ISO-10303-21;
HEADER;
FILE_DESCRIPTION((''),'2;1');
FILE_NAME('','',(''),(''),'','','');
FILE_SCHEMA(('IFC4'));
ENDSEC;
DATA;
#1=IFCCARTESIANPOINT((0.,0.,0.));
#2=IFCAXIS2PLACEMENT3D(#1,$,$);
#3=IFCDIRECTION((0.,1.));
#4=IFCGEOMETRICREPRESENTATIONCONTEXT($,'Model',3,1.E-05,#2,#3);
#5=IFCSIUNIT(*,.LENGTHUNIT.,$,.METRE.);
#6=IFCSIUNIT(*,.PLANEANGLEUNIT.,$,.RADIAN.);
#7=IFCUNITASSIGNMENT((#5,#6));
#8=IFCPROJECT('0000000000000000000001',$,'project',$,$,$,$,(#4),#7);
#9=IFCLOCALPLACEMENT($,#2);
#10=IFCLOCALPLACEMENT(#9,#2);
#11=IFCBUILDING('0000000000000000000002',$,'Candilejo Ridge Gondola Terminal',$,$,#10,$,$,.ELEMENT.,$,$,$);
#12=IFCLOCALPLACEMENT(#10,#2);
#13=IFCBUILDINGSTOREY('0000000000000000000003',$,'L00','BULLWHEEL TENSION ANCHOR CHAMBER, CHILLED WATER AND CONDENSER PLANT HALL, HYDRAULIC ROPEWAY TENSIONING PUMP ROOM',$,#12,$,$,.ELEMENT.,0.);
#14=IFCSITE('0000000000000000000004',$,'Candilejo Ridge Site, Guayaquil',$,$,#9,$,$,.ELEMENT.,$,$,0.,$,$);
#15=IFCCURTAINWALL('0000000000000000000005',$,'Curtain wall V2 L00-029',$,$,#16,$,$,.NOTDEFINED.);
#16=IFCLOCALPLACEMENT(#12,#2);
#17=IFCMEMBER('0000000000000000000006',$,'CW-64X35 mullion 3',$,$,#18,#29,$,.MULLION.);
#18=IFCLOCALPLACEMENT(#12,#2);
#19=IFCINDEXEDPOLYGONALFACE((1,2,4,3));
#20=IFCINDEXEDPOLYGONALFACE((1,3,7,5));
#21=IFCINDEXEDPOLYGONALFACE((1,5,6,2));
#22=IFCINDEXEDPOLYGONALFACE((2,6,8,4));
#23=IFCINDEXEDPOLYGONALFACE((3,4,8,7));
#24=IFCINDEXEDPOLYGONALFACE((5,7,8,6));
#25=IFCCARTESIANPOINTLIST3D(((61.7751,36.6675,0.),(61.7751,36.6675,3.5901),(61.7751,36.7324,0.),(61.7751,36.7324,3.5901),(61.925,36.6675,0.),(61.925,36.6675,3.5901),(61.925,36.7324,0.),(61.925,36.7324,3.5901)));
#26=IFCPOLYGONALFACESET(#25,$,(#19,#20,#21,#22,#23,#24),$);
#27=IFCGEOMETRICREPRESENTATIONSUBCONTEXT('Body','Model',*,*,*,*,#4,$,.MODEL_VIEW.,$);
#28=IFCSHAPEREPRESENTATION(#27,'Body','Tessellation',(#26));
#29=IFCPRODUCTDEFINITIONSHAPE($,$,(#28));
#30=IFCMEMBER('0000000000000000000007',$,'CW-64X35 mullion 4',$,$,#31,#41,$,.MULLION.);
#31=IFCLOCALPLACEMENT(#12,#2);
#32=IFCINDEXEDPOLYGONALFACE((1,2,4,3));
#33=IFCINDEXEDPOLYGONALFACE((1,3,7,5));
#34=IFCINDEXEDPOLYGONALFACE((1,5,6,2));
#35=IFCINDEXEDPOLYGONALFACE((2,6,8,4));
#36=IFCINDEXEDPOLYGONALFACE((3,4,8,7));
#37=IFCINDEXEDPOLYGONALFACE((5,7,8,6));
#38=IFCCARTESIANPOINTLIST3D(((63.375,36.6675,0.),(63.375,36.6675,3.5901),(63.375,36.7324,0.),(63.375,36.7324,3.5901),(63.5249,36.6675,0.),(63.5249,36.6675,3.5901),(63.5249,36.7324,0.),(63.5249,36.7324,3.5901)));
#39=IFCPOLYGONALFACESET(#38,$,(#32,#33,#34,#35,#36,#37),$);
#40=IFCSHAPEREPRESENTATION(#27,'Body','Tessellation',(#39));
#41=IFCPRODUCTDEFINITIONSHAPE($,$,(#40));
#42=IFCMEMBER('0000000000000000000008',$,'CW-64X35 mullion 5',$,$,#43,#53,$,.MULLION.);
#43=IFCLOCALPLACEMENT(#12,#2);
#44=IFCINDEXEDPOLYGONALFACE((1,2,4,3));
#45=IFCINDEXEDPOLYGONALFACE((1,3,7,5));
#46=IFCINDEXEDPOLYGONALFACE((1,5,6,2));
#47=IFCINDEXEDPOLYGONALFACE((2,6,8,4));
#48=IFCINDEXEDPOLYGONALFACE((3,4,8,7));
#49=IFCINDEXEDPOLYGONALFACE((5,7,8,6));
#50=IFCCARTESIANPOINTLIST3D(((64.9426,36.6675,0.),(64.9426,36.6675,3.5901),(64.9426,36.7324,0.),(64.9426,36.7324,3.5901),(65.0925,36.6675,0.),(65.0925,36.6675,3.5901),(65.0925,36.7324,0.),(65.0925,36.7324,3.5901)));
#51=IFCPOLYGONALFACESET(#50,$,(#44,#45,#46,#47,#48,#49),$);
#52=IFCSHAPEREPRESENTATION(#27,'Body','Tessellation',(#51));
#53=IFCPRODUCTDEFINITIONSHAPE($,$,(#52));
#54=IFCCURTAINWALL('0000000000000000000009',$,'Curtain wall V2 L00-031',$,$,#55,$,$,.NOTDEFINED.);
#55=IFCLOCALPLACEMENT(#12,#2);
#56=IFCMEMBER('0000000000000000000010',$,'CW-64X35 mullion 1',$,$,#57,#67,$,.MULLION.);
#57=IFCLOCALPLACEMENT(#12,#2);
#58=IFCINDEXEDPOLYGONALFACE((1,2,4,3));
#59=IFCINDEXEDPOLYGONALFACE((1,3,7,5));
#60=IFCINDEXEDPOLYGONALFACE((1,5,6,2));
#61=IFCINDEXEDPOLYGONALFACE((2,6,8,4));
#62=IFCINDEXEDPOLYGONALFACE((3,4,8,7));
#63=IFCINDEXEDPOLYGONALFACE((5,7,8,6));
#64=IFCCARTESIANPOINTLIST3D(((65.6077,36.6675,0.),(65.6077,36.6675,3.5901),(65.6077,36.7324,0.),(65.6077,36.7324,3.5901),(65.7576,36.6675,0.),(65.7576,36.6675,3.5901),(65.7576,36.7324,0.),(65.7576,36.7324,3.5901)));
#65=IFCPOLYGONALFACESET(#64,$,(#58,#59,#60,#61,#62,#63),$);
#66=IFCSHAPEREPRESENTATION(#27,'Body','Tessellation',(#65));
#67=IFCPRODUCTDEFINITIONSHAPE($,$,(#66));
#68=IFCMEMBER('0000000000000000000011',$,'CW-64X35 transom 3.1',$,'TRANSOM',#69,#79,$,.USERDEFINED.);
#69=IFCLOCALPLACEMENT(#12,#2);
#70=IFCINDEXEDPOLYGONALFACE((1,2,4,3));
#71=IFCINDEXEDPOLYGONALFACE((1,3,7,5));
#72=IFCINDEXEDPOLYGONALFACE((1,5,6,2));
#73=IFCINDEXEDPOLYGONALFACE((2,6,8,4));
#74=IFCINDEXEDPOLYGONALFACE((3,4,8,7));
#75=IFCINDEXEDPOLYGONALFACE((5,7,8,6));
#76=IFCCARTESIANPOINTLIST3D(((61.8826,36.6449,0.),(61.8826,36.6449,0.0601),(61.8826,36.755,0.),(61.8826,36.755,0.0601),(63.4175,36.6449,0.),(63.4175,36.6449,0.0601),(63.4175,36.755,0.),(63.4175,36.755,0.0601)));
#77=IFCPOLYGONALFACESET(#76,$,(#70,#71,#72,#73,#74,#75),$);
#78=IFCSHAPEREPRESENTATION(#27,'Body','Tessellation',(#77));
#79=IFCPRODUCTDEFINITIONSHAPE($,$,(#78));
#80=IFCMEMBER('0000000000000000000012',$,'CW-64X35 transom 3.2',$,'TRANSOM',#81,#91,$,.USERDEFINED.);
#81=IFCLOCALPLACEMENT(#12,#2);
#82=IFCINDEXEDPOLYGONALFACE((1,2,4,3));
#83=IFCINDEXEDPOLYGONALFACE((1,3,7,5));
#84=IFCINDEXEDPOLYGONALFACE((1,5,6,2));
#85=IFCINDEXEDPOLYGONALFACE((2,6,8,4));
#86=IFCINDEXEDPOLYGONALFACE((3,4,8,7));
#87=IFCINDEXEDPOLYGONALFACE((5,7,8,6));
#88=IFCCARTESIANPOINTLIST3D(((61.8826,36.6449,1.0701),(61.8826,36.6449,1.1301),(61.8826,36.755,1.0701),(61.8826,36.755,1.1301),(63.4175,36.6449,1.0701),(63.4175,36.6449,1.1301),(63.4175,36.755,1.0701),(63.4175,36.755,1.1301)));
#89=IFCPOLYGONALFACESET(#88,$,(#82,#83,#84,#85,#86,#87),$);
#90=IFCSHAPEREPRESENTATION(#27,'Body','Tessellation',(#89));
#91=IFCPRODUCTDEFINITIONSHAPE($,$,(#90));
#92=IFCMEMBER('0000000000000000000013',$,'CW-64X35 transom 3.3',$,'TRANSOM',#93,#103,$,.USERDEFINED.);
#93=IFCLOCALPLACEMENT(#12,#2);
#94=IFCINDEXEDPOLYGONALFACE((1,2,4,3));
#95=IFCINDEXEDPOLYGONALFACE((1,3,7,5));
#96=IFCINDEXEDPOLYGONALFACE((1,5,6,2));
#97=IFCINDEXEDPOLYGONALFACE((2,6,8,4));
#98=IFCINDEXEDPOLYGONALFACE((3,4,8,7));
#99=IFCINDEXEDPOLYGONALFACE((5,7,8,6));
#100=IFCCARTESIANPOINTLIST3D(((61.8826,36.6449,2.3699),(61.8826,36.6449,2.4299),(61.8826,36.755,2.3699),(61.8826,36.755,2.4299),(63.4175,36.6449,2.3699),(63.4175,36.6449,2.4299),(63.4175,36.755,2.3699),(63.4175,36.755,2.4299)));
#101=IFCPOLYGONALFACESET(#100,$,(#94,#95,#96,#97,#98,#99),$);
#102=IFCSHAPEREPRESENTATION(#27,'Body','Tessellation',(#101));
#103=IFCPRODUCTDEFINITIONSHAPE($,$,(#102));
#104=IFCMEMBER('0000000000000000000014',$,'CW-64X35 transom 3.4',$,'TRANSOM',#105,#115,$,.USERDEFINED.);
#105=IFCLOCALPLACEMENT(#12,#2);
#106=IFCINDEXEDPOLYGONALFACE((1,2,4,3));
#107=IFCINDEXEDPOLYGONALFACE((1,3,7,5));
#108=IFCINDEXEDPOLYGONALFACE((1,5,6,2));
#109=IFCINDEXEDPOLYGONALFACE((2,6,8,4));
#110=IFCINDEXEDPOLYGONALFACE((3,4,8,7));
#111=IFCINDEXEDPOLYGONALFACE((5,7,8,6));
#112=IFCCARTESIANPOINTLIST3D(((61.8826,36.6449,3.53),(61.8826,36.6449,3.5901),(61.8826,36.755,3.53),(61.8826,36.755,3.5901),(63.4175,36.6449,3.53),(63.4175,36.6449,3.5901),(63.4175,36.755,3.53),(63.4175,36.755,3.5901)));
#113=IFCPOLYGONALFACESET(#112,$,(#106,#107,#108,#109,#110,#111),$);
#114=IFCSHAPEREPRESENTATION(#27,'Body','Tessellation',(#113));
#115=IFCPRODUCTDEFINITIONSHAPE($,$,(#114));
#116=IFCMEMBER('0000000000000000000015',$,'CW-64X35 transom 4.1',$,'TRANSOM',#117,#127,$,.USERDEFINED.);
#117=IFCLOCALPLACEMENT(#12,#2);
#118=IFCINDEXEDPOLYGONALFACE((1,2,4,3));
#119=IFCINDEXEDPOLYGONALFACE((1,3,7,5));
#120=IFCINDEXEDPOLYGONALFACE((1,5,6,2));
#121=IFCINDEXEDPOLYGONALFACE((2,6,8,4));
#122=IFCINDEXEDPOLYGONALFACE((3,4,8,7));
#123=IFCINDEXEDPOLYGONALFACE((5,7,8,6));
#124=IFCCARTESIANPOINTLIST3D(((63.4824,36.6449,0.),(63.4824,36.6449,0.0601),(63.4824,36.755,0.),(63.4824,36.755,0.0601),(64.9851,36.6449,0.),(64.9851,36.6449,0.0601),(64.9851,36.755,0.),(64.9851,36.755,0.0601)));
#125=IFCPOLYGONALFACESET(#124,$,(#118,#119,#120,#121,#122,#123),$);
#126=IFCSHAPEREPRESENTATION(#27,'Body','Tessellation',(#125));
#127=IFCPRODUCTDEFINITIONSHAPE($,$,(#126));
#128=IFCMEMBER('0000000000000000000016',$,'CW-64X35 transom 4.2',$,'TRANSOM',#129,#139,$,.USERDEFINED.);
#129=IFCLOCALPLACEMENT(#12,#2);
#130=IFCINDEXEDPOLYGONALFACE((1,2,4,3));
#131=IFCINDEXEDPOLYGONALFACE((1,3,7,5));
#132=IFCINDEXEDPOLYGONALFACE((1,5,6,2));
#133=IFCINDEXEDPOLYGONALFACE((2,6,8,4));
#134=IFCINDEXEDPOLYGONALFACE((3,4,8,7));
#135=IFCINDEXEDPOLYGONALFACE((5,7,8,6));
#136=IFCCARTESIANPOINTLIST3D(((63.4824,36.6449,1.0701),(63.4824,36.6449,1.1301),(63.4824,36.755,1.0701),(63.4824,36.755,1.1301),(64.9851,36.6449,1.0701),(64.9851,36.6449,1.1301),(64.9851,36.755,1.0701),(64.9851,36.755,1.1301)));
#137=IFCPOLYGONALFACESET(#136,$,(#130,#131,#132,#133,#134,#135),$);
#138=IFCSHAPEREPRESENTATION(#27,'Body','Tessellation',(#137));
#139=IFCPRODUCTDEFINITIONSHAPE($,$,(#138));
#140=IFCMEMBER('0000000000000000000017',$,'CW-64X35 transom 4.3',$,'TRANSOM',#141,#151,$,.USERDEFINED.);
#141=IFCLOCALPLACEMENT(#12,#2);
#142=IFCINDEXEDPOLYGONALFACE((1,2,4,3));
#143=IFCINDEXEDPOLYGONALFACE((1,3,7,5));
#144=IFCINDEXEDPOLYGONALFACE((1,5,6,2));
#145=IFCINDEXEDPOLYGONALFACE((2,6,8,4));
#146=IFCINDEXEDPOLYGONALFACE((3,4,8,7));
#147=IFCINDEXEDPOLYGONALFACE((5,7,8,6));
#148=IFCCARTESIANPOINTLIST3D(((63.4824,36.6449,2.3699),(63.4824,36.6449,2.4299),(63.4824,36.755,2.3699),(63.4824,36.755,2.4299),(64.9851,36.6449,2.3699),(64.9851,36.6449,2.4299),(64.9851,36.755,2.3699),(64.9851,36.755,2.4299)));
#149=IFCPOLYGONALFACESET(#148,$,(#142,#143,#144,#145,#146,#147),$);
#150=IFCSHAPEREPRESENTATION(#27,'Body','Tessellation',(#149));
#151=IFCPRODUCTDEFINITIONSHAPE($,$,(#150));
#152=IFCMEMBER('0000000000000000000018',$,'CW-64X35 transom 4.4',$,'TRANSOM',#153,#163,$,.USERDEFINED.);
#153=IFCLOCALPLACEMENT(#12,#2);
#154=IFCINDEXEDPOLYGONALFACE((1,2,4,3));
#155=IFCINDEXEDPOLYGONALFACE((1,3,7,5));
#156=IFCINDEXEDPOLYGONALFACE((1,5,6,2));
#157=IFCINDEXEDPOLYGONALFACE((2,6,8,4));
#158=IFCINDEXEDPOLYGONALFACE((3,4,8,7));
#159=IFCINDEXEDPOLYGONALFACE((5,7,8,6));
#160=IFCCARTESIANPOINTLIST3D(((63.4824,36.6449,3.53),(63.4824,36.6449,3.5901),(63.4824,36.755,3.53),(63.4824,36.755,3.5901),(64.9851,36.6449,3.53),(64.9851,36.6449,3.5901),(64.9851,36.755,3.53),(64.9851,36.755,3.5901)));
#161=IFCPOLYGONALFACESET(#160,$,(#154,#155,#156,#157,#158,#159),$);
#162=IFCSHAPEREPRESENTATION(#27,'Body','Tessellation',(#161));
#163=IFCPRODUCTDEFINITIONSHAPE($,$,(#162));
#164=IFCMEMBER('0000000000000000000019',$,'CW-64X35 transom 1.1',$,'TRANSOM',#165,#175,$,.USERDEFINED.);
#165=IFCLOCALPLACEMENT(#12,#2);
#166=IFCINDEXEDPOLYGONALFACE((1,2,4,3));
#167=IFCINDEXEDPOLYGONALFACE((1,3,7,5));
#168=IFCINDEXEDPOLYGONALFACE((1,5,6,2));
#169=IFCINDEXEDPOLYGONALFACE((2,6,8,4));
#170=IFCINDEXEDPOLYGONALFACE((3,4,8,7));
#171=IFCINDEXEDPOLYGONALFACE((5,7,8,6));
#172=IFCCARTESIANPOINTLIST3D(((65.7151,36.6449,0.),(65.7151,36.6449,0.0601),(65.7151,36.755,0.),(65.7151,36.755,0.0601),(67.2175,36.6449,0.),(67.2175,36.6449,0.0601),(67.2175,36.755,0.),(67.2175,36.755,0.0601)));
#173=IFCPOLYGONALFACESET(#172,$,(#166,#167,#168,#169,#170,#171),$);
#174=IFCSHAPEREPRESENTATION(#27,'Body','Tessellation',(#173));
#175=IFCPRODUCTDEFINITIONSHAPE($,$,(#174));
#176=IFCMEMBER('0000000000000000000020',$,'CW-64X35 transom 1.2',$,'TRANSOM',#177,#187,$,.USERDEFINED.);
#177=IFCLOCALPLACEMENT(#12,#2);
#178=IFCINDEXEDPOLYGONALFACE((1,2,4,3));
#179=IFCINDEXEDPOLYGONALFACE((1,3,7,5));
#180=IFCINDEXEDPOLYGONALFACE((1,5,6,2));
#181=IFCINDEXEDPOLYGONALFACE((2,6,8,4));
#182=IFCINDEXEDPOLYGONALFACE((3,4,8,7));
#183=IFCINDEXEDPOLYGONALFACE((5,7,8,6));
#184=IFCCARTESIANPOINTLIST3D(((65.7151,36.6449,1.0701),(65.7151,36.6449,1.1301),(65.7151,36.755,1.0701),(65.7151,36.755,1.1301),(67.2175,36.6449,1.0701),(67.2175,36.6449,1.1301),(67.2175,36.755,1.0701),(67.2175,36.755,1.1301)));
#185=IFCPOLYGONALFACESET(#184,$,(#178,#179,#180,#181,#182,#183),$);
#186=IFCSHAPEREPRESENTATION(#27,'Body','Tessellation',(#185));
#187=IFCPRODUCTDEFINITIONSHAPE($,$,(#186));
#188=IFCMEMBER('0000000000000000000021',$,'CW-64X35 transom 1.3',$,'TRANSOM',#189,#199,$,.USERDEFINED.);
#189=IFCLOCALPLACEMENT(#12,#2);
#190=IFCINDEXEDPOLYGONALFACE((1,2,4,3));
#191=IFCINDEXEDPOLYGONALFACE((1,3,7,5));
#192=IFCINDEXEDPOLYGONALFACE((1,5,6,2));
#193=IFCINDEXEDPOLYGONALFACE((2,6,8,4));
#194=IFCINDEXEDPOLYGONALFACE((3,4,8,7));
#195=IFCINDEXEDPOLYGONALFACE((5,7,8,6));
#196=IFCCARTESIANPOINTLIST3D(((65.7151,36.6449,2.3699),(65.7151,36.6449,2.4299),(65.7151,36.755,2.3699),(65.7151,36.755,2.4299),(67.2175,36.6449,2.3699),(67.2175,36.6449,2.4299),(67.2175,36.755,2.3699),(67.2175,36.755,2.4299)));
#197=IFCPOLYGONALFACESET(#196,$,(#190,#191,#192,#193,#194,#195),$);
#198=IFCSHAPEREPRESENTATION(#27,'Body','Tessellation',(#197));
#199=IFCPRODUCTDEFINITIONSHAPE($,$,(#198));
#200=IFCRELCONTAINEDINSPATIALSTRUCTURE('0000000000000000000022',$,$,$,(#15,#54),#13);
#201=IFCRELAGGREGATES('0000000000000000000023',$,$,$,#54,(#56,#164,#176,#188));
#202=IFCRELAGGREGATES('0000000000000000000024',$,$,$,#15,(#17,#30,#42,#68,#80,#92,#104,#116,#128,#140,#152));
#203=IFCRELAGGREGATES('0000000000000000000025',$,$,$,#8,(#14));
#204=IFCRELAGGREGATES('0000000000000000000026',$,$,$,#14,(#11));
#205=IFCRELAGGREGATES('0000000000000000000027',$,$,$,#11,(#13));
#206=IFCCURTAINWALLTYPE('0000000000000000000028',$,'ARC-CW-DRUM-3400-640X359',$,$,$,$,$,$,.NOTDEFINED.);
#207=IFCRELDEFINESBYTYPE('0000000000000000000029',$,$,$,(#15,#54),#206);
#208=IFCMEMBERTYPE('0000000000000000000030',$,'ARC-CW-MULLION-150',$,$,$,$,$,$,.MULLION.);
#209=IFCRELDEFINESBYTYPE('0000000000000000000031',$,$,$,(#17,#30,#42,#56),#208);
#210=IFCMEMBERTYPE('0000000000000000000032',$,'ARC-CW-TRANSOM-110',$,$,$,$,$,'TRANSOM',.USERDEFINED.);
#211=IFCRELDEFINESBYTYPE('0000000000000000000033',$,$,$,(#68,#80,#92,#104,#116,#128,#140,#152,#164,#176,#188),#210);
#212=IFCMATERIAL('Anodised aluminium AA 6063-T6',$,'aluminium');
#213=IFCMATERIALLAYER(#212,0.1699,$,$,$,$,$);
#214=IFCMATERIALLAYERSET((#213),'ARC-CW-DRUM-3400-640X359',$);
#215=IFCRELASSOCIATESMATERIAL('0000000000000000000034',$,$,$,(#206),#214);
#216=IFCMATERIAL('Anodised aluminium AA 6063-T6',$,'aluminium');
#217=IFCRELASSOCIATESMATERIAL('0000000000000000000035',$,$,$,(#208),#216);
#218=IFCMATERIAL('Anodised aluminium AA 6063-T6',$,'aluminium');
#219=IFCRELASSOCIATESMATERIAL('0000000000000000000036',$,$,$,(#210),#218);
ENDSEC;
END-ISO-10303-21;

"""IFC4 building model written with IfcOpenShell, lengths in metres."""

from ifc_helpers import new_model, si_unit, direction, frame, origin, origin_2d, place, context, subcontext, project, spatial, rectangle, extrude, material, layer, layer_set, material_profile, profile_set, type_object, element, aggregate, save


model = new_model("IFC4")

# Units and contexts
model_context = context("Model", 3, precision=1e-05, world=origin(), true_north=direction((0.0, 1.0)))
body_context = subcontext(model_context, "Body", "Model", "MODEL_VIEW")
ifc_project = project(units=[si_unit("LENGTHUNIT", "METRE"), si_unit("PLANEANGLEUNIT", "RADIAN")], contexts=[model_context])

# Site, building, storey
site_placement = place(None, origin())
site = spatial("IfcSite", under=ifc_project, at=site_placement, Name="Candilejo Ridge Site, Guayaquil", CompositionType="ELEMENT", RefElevation=0.0)
building_placement = place(site_placement, origin())
building = spatial("IfcBuilding", under=site, at=building_placement, Name="Candilejo Ridge Gondola Terminal", CompositionType="ELEMENT")
storey_placement = place(building_placement, origin())
storey = spatial("IfcBuildingStorey", under=building, at=storey_placement, Name="L00", Description="BULLWHEEL TENSION ANCHOR CHAMBER, CHILLED WATER AND CONDENSER PLANT HALL, HYDRAULIC ROPEWAY TENSIONING PUMP ROOM", CompositionType="ELEMENT", Elevation=0.0)

# Curtain wall, members
ifc_material_1 = material(Name="Anodised aluminium AA 6063-T6", Category="aluminium")
ifc_layer_1 = layer(ifc_material_1, 0.1699)
ifc_layer_set_1 = layer_set([ifc_layer_1], Name="ARC-CW-DRUM-3400-640X359")
curtain_wall_type = type_object("IfcCurtainWallType", Name="ARC-CW-DRUM-3400-640X359", PredefinedType="NOTDEFINED", material=ifc_layer_set_1)
curtain_wall_1_placement = place(storey_placement, origin())
curtain_wall_1 = element("IfcCurtainWall", 1, at=curtain_wall_1_placement, inside=storey, type_object=curtain_wall_type, Name="Curtain wall V2 L00-029", PredefinedType="NOTDEFINED")
ifc_material_2 = material(Name="Anodised aluminium AA 6063-T6", Category="aluminium")
ifc_material_profile_1 = material_profile(ifc_material_2, rectangle(XDim=0.0649, YDim=0.1499, at=origin_2d()))
ifc_profile_set_1 = profile_set([ifc_material_profile_1], Name="Anodised aluminium AA 6063-T6")
member_type_1 = type_object("IfcMemberType", Name="ARC-CW-MULLION-150", PredefinedType="MULLION", material=ifc_profile_set_1)
member_1_placement = place(storey_placement, frame((61.8501, 36.7, 0.0), z_axis=(0.0, 0.0, 1.0), x_axis=(0.0, 1.0, 0.0)))
member_1 = element("IfcMember", 2, at=member_1_placement, type_object=member_type_1, Name="CW-64X35 mullion 3", PredefinedType="MULLION", context=body_context, shape_type="SweptSolid", body=[
    extrude(rectangle(XDim=0.0649, YDim=0.1499, at=origin_2d()), origin(), (0.0, 0.0, 1.0), 3.5901),
])
member_2_placement = place(storey_placement, frame((63.45, 36.7, 0.0), z_axis=(0.0, 0.0, 1.0), x_axis=(0.0, 1.0, 0.0)))
member_2 = element("IfcMember", 3, at=member_2_placement, type_object=member_type_1, Name="CW-64X35 mullion 4", PredefinedType="MULLION", context=body_context, shape_type="SweptSolid", body=[
    extrude(rectangle(XDim=0.0649, YDim=0.1499, at=origin_2d()), origin(), (0.0, 0.0, 1.0), 3.5901),
])
member_3_placement = place(storey_placement, frame((65.0176, 36.7, 0.0), z_axis=(0.0, 0.0, 1.0), x_axis=(0.0, 1.0, 0.0)))
member_3 = element("IfcMember", 4, at=member_3_placement, type_object=member_type_1, Name="CW-64X35 mullion 5", PredefinedType="MULLION", context=body_context, shape_type="SweptSolid", body=[
    extrude(rectangle(XDim=0.0649, YDim=0.1499, at=origin_2d()), origin(), (0.0, 0.0, 1.0), 3.5901),
])

# Curtain wall, member
curtain_wall_2_placement = place(storey_placement, origin())
curtain_wall_2 = element("IfcCurtainWall", 5, at=curtain_wall_2_placement, inside=storey, type_object=curtain_wall_type, Name="Curtain wall V2 L00-031", PredefinedType="NOTDEFINED")
member_4_placement = place(storey_placement, frame((65.6826, 36.7, 0.0), z_axis=(0.0, 0.0, 1.0), x_axis=(0.0, 1.0, 0.0)))
member_4 = element("IfcMember", 6, at=member_4_placement, type_object=member_type_1, Name="CW-64X35 mullion 1", PredefinedType="MULLION", context=body_context, shape_type="SweptSolid", body=[
    extrude(rectangle(XDim=0.0649, YDim=0.1499, at=origin_2d()), origin(), (0.0, 0.0, 1.0), 3.5901),
])

# Members
ifc_material_3 = material(Name="Anodised aluminium AA 6063-T6", Category="aluminium")
ifc_material_profile_2 = material_profile(ifc_material_3, rectangle(XDim=0.1101, YDim=0.0601, at=origin_2d()))
ifc_profile_set_2 = profile_set([ifc_material_profile_2], Name="Anodised aluminium AA 6063-T6")
member_type_2 = type_object("IfcMemberType", Name="ARC-CW-TRANSOM-110", ElementType="TRANSOM", PredefinedType="USERDEFINED", material=ifc_profile_set_2)
member_5_placement = place(storey_placement, frame((61.8826, 36.7, 0.03), z_axis=(1.0, 0.0, 0.0), x_axis=(0.0, 1.0, 0.0)))
member_5 = element("IfcMember", 7, at=member_5_placement, type_object=member_type_2, Name="CW-64X35 transom 3.1", ObjectType="TRANSOM", PredefinedType="USERDEFINED", context=body_context, shape_type="SweptSolid", body=[
    extrude(rectangle(XDim=0.1101, YDim=0.0601, at=origin_2d()), origin(), (0.0, 0.0, 1.0), 1.5349),
])
member_6_placement = place(storey_placement, frame((61.8826, 36.7, 1.1001), z_axis=(1.0, 0.0, 0.0), x_axis=(0.0, 1.0, 0.0)))
member_6 = element("IfcMember", 8, at=member_6_placement, type_object=member_type_2, Name="CW-64X35 transom 3.2", ObjectType="TRANSOM", PredefinedType="USERDEFINED", context=body_context, shape_type="SweptSolid", body=[
    extrude(rectangle(XDim=0.1101, YDim=0.0601, at=origin_2d()), origin(), (0.0, 0.0, 1.0), 1.5349),
])
member_7_placement = place(storey_placement, frame((61.8826, 36.7, 2.3999), z_axis=(1.0, 0.0, 0.0), x_axis=(0.0, 1.0, 0.0)))
member_7 = element("IfcMember", 9, at=member_7_placement, type_object=member_type_2, Name="CW-64X35 transom 3.3", ObjectType="TRANSOM", PredefinedType="USERDEFINED", context=body_context, shape_type="SweptSolid", body=[
    extrude(rectangle(XDim=0.1101, YDim=0.0601, at=origin_2d()), origin(), (0.0, 0.0, 1.0), 1.5349),
])
member_8_placement = place(storey_placement, frame((61.8826, 36.7, 3.5601), z_axis=(1.0, 0.0, 0.0), x_axis=(0.0, 1.0, 0.0)))
member_8 = element("IfcMember", 10, at=member_8_placement, type_object=member_type_2, Name="CW-64X35 transom 3.4", ObjectType="TRANSOM", PredefinedType="USERDEFINED", context=body_context, shape_type="SweptSolid", body=[
    extrude(rectangle(XDim=0.1101, YDim=0.0601, at=origin_2d()), origin(), (0.0, 0.0, 1.0), 1.5349),
])
member_9_placement = place(storey_placement, frame((63.4824, 36.7, 0.03), z_axis=(1.0, 0.0, 0.0), x_axis=(0.0, 1.0, 0.0)))
member_9 = element("IfcMember", 11, at=member_9_placement, type_object=member_type_2, Name="CW-64X35 transom 4.1", ObjectType="TRANSOM", PredefinedType="USERDEFINED", context=body_context, shape_type="SweptSolid", body=[
    extrude(rectangle(XDim=0.1101, YDim=0.0601, at=origin_2d()), origin(), (0.0, 0.0, 1.0), 1.5027),
])
member_10_placement = place(storey_placement, frame((63.4824, 36.7, 1.1001), z_axis=(1.0, 0.0, 0.0), x_axis=(0.0, 1.0, 0.0)))
member_10 = element("IfcMember", 12, at=member_10_placement, type_object=member_type_2, Name="CW-64X35 transom 4.2", ObjectType="TRANSOM", PredefinedType="USERDEFINED", context=body_context, shape_type="SweptSolid", body=[
    extrude(rectangle(XDim=0.1101, YDim=0.0601, at=origin_2d()), origin(), (0.0, 0.0, 1.0), 1.5027),
])
member_11_placement = place(storey_placement, frame((63.4824, 36.7, 2.3999), z_axis=(1.0, 0.0, 0.0), x_axis=(0.0, 1.0, 0.0)))
member_11 = element("IfcMember", 13, at=member_11_placement, type_object=member_type_2, Name="CW-64X35 transom 4.3", ObjectType="TRANSOM", PredefinedType="USERDEFINED", context=body_context, shape_type="SweptSolid", body=[
    extrude(rectangle(XDim=0.1101, YDim=0.0601, at=origin_2d()), origin(), (0.0, 0.0, 1.0), 1.5027),
])
member_12_placement = place(storey_placement, frame((63.4824, 36.7, 3.5601), z_axis=(1.0, 0.0, 0.0), x_axis=(0.0, 1.0, 0.0)))
member_12 = element("IfcMember", 14, at=member_12_placement, type_object=member_type_2, Name="CW-64X35 transom 4.4", ObjectType="TRANSOM", PredefinedType="USERDEFINED", context=body_context, shape_type="SweptSolid", body=[
    extrude(rectangle(XDim=0.1101, YDim=0.0601, at=origin_2d()), origin(), (0.0, 0.0, 1.0), 1.5027),
])
member_13_placement = place(storey_placement, frame((65.7151, 36.7, 0.03), z_axis=(1.0, 0.0, 0.0), x_axis=(0.0, 1.0, 0.0)))
member_13 = element("IfcMember", 15, at=member_13_placement, type_object=member_type_2, Name="CW-64X35 transom 1.1", ObjectType="TRANSOM", PredefinedType="USERDEFINED", context=body_context, shape_type="SweptSolid", body=[
    extrude(rectangle(XDim=0.1101, YDim=0.0601, at=origin_2d()), origin(), (0.0, 0.0, 1.0), 1.5024),
])
member_14_placement = place(storey_placement, frame((65.7151, 36.7, 1.1001), z_axis=(1.0, 0.0, 0.0), x_axis=(0.0, 1.0, 0.0)))
member_14 = element("IfcMember", 16, at=member_14_placement, type_object=member_type_2, Name="CW-64X35 transom 1.2", ObjectType="TRANSOM", PredefinedType="USERDEFINED", context=body_context, shape_type="SweptSolid", body=[
    extrude(rectangle(XDim=0.1101, YDim=0.0601, at=origin_2d()), origin(), (0.0, 0.0, 1.0), 1.5024),
])
member_15_placement = place(storey_placement, frame((65.7151, 36.7, 2.3999), z_axis=(1.0, 0.0, 0.0), x_axis=(0.0, 1.0, 0.0)))
member_15 = element("IfcMember", 17, at=member_15_placement, type_object=member_type_2, Name="CW-64X35 transom 1.3", ObjectType="TRANSOM", PredefinedType="USERDEFINED", context=body_context, shape_type="SweptSolid", body=[
    extrude(rectangle(XDim=0.1101, YDim=0.0601, at=origin_2d()), origin(), (0.0, 0.0, 1.0), 1.5024),
])
aggregate(curtain_wall_2, [member_4, member_13, member_14, member_15])

aggregate(curtain_wall_1, [member_1, member_2, member_3, member_5, member_6, member_7, member_8, member_9, member_10, member_11, member_12])

save(model, "model.ifc")
